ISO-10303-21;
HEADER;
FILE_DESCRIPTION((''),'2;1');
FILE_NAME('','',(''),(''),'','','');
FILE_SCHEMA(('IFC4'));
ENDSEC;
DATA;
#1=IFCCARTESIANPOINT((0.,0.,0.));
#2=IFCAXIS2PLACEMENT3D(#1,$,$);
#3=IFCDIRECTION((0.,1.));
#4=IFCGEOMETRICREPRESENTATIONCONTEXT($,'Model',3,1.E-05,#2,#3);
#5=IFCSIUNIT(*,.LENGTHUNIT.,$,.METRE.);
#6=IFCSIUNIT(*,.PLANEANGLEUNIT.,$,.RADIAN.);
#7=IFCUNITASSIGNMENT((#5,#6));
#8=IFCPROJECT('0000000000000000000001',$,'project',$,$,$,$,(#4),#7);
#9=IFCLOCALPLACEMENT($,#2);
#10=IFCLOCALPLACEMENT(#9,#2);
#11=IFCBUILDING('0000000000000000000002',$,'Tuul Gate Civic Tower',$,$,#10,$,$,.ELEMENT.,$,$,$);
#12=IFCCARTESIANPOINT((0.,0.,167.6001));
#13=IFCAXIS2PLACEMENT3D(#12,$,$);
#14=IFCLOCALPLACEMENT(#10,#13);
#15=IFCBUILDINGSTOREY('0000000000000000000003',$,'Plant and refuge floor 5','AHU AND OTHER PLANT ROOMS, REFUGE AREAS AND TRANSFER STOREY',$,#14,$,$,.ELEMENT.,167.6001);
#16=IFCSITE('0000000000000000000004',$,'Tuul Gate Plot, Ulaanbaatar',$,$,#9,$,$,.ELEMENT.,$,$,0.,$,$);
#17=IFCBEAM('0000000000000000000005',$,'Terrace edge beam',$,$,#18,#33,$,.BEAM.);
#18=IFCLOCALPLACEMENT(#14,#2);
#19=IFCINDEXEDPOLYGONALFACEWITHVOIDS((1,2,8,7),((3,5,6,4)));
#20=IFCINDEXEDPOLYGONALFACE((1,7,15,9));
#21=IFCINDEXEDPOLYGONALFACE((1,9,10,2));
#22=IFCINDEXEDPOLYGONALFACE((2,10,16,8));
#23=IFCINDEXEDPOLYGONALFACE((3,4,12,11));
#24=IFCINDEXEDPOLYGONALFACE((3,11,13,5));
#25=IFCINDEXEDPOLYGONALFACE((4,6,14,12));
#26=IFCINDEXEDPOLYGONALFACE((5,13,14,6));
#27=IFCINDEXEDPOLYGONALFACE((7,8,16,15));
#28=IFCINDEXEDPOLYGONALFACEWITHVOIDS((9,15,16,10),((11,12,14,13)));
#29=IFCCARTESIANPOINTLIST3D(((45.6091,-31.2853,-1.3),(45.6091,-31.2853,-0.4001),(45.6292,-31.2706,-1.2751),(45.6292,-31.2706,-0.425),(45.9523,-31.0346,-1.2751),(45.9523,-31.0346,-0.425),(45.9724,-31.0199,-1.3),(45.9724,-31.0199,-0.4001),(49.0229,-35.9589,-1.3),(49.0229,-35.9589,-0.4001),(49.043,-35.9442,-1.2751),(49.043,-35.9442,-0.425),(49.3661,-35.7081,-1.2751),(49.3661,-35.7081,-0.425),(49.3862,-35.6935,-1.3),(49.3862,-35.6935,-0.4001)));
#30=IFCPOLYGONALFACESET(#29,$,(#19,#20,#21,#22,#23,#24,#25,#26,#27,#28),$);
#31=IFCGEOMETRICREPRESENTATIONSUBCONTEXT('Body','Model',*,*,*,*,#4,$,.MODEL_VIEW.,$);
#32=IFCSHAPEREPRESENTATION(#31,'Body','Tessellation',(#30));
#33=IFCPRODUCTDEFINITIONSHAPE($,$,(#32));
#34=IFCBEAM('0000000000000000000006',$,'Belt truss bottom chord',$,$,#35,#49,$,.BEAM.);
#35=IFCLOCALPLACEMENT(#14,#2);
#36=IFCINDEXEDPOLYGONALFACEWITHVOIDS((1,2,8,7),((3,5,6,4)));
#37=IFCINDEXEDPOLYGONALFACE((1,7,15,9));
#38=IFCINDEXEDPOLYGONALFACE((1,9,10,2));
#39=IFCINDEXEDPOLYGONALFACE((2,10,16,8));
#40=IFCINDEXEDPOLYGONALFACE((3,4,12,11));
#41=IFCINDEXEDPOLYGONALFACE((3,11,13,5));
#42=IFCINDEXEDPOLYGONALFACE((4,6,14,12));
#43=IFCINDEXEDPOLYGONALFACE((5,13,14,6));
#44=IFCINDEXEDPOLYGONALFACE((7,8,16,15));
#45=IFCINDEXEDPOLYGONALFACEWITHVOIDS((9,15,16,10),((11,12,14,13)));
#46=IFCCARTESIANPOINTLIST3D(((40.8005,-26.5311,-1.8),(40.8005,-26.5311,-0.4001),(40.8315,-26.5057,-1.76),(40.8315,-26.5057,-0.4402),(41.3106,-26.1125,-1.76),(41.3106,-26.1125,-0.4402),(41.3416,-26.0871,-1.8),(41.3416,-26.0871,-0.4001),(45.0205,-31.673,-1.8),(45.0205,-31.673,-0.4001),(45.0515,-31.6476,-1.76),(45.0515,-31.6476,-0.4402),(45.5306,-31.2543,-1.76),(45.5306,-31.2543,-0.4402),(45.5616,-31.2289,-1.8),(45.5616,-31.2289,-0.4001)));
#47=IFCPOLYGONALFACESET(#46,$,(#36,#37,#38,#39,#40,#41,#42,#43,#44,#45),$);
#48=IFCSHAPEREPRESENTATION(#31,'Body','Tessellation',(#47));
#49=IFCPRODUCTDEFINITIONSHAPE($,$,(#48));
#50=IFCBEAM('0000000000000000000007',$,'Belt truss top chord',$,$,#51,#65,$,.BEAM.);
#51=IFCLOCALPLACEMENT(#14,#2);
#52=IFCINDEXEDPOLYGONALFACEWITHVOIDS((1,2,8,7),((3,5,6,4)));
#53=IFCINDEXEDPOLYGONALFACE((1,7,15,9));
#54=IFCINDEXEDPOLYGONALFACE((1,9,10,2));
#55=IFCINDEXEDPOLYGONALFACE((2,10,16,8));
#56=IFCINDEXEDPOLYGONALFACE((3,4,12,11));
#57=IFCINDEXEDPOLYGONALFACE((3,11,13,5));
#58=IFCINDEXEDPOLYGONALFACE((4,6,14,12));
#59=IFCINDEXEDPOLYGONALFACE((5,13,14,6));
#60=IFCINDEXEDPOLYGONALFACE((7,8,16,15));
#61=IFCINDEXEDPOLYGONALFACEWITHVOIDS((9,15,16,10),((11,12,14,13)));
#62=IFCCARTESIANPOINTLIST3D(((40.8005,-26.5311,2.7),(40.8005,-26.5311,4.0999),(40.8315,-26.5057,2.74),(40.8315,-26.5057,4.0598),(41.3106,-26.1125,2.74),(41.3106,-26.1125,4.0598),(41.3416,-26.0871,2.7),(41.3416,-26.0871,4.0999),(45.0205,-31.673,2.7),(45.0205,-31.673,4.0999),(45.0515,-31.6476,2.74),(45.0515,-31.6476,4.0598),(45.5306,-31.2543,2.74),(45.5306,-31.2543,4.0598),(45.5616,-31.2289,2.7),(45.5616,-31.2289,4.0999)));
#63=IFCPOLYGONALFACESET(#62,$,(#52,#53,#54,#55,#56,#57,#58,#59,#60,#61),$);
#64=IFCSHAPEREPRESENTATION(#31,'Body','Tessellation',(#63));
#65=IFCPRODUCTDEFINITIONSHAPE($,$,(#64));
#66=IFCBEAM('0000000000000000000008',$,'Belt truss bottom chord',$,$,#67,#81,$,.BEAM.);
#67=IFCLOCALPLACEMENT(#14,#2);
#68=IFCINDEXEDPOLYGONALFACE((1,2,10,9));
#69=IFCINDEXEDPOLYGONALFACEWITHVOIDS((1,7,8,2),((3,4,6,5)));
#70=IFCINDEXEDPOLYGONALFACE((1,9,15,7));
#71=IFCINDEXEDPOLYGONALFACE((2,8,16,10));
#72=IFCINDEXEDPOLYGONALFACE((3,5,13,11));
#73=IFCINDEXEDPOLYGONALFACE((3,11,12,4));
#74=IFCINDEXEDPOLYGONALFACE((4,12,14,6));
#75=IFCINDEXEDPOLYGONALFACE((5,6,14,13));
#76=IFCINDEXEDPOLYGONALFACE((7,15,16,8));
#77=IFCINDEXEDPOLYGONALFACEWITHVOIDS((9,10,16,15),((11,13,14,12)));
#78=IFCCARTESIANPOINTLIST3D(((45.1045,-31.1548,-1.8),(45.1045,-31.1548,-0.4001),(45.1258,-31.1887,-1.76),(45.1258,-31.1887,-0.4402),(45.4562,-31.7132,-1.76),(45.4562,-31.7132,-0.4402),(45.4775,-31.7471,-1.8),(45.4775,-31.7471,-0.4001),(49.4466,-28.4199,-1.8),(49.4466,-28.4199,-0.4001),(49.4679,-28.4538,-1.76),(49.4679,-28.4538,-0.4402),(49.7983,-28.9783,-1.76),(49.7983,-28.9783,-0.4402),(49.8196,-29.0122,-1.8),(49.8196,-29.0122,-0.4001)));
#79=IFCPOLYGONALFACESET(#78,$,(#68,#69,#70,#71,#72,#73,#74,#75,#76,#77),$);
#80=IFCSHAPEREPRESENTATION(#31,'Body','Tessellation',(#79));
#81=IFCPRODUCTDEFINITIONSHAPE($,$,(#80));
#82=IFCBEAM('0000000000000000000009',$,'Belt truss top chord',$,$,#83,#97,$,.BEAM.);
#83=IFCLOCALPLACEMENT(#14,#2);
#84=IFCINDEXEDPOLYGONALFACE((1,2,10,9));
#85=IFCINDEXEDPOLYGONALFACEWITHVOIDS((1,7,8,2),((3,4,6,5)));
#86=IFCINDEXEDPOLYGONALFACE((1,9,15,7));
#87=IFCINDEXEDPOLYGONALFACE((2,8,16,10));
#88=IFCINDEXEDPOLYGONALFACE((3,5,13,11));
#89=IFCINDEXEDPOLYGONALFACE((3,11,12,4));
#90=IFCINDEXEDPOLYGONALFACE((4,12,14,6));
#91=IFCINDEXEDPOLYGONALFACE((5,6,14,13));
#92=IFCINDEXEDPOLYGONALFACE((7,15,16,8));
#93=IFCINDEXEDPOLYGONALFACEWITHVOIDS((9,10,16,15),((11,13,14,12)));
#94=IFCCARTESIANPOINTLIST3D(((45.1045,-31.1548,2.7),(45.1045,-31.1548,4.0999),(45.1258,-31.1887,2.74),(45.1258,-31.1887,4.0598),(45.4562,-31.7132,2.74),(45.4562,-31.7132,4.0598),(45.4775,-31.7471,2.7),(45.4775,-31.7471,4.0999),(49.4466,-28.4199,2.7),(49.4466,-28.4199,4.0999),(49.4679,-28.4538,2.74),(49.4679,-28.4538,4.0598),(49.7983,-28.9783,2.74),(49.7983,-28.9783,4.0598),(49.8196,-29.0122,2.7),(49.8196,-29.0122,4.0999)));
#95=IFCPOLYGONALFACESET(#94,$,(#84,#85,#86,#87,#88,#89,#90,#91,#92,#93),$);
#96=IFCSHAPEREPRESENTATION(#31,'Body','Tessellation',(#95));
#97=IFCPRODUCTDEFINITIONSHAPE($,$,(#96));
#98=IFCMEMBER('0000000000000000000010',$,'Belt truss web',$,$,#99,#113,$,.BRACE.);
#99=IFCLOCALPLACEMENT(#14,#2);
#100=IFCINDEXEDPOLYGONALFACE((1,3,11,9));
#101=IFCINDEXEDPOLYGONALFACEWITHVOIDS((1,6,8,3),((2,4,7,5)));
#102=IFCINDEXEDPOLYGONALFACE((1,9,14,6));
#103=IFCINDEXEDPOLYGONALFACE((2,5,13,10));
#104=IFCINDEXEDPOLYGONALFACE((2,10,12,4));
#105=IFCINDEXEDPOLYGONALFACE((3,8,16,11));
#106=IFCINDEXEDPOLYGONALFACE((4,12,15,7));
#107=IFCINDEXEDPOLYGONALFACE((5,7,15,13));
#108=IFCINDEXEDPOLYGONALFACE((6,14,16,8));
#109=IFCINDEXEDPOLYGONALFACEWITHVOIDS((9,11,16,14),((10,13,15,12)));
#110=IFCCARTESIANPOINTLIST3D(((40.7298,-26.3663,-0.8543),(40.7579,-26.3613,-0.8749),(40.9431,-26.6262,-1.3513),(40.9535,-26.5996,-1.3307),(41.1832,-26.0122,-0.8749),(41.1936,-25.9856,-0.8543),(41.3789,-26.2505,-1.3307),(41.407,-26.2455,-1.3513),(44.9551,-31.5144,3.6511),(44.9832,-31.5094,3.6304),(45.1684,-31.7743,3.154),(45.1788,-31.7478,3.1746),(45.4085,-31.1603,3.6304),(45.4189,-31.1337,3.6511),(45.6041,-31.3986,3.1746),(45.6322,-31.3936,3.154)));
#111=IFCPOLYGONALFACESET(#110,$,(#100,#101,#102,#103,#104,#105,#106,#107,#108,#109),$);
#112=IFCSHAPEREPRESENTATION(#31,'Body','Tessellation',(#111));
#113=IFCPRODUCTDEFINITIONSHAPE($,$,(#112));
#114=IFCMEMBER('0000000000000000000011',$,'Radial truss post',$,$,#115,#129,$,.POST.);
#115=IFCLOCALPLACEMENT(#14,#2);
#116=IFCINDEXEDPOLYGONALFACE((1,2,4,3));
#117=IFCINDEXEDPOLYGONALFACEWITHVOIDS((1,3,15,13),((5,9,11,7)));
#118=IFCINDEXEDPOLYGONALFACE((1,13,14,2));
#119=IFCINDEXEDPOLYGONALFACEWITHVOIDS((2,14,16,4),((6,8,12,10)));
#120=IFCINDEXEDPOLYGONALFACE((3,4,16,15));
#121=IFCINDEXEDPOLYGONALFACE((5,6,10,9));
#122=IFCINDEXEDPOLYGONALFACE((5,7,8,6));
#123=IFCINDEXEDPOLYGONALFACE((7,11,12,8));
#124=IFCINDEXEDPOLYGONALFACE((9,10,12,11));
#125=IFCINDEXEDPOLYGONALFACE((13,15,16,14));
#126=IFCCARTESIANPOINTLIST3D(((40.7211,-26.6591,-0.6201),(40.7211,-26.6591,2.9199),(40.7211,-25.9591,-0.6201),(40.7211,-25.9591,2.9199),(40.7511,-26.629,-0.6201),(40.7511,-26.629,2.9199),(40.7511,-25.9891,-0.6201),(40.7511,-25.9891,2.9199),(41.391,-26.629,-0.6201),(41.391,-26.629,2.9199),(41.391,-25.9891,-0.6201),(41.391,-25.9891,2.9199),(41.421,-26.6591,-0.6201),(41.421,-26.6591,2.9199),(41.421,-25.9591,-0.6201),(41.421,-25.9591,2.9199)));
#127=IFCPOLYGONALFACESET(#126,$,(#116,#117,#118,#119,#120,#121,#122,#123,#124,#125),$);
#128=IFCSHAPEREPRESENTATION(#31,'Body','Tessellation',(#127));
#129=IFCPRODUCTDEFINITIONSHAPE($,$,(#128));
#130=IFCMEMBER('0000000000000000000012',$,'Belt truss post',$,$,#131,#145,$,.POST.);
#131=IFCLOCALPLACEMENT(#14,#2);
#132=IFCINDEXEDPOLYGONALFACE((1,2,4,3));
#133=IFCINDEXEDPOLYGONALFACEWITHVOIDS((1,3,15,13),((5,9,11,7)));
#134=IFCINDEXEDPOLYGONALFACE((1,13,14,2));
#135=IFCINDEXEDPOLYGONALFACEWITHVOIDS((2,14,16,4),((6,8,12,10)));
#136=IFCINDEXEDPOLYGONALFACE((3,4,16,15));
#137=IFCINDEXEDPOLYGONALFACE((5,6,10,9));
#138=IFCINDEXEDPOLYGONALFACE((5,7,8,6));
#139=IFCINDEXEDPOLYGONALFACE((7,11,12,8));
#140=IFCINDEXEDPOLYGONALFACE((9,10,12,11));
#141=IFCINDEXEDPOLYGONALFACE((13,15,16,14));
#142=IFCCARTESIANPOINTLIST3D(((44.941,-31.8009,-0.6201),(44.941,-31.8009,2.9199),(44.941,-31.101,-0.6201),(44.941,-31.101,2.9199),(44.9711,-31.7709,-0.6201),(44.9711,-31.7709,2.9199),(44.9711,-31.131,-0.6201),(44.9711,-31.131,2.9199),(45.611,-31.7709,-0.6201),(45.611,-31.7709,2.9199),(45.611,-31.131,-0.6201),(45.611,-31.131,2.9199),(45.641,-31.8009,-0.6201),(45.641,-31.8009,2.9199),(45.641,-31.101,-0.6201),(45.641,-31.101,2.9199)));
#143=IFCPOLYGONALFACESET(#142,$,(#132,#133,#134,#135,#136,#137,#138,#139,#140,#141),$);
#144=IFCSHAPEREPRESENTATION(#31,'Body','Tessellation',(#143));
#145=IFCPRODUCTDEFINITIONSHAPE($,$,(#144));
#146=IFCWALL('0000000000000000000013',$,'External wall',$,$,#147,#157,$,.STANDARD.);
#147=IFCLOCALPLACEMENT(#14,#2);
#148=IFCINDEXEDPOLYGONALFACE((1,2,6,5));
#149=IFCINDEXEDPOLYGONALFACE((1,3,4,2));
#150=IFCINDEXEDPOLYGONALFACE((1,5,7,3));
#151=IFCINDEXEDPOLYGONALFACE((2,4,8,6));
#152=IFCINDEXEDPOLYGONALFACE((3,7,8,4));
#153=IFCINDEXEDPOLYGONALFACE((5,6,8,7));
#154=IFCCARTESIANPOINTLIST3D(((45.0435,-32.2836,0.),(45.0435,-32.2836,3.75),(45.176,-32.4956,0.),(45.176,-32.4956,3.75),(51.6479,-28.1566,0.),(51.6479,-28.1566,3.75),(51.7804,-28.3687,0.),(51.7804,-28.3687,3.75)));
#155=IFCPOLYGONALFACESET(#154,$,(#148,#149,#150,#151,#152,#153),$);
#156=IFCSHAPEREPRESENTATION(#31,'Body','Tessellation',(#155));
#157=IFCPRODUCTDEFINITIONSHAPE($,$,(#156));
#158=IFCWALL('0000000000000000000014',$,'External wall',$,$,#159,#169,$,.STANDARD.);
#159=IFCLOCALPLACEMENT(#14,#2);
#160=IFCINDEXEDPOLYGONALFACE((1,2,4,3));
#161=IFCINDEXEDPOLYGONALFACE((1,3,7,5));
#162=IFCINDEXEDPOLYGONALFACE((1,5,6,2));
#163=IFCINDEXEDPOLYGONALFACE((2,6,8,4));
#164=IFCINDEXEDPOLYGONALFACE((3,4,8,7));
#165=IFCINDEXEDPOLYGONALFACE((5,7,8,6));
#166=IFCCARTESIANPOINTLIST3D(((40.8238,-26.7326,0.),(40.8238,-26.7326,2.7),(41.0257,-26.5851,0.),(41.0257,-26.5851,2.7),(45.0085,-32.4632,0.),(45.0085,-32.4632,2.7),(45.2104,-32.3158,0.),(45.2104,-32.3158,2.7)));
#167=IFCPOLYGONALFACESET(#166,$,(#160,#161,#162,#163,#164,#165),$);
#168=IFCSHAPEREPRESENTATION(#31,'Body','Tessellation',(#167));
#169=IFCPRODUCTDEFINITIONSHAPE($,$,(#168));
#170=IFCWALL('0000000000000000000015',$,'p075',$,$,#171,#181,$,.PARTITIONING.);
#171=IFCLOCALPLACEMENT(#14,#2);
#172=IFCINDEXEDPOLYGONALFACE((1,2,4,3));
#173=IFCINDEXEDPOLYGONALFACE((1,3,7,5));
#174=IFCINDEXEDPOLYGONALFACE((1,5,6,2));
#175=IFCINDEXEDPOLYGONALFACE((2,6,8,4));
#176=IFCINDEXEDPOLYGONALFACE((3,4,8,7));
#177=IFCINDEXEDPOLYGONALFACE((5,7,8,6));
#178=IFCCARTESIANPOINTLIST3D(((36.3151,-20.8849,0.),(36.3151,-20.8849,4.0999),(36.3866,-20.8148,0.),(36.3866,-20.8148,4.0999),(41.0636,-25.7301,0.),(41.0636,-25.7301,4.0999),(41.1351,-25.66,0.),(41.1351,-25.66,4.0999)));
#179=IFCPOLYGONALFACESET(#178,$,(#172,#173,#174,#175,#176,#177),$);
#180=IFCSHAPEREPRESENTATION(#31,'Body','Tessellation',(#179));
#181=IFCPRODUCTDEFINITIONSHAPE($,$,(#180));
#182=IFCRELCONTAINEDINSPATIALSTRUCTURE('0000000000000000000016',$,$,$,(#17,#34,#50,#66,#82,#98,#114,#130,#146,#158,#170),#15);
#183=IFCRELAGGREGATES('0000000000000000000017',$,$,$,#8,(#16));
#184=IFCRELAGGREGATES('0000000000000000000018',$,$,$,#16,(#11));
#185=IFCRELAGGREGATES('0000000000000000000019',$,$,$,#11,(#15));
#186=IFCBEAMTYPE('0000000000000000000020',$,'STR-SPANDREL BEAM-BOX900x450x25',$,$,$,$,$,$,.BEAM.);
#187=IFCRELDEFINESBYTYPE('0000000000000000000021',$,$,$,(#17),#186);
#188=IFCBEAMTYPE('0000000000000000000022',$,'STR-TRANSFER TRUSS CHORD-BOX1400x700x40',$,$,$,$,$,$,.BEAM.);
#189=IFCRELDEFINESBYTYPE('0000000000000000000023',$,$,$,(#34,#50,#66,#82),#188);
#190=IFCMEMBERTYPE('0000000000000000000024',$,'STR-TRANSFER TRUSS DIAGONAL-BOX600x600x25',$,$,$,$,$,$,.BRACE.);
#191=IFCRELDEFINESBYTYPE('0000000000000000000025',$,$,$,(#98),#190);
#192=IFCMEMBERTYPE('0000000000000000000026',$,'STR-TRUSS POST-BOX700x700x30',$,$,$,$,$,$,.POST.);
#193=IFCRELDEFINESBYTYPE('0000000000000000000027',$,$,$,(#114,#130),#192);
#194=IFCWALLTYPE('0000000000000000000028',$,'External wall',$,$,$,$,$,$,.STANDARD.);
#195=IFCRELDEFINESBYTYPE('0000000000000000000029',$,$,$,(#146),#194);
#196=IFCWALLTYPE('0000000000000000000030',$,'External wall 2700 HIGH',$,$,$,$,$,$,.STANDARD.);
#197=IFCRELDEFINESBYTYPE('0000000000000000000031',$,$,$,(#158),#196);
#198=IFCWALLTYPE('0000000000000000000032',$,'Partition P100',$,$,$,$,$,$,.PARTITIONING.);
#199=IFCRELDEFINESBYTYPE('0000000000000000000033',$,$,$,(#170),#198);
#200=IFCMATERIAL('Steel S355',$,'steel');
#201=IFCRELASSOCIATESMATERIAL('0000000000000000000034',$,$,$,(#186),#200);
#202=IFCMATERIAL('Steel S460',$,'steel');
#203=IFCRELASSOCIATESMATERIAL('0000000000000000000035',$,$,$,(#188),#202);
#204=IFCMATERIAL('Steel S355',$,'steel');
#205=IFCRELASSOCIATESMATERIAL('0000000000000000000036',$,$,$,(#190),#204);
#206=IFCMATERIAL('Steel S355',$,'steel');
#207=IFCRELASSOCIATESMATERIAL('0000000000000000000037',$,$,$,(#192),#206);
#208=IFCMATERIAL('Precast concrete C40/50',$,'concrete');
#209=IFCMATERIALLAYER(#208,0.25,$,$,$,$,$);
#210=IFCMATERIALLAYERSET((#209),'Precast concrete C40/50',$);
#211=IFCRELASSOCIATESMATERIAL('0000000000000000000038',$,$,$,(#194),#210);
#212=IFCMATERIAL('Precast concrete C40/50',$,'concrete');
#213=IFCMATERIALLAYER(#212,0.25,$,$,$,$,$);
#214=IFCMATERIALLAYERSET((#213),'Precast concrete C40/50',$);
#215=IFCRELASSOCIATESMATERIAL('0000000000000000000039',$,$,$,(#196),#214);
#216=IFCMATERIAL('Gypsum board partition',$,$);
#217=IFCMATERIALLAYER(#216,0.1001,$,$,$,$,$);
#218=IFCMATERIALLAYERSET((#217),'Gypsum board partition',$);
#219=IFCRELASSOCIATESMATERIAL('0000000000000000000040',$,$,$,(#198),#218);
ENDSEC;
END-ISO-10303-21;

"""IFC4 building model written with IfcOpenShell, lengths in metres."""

from ifc_helpers import new_model, si_unit, direction, frame, frame_2d, origin, origin_2d, place, context, subcontext, project, spatial, rectangle, hollow_rectangle, extrude, material, layer, layer_set, material_profile, profile_set, type_object, element, save


model = new_model("IFC4")

# Units and contexts
model_context = context("Model", 3, precision=1e-05, world=origin(), true_north=direction((0.0, 1.0)))
body_context = subcontext(model_context, "Body", "Model", "MODEL_VIEW")
ifc_project = project(units=[si_unit("LENGTHUNIT", "METRE"), si_unit("PLANEANGLEUNIT", "RADIAN")], contexts=[model_context])

# Site, building, storey
site_placement = place(None, origin())
site = spatial("IfcSite", under=ifc_project, at=site_placement, Name="Tuul Gate Plot, Ulaanbaatar", CompositionType="ELEMENT", RefElevation=0.0)
building_placement = place(site_placement, origin())
building = spatial("IfcBuilding", under=site, at=building_placement, Name="Tuul Gate Civic Tower", CompositionType="ELEMENT")
storey_placement = place(building_placement, frame((0.0, 0.0, 167.6001)))
storey = spatial("IfcBuildingStorey", under=building, at=storey_placement, Name="Plant and refuge floor 5", Description="AHU AND OTHER PLANT ROOMS, REFUGE AREAS AND TRANSFER STOREY", CompositionType="ELEMENT", Elevation=167.6001)

# Beams
ifc_material_1 = material(Name="Steel S355", Category="steel")
ifc_material_profile_1 = material_profile(ifc_material_1, hollow_rectangle(XDim=0.45, YDim=0.8999, WallThickness=0.0249, at=origin_2d()), Name="BOX900x450x25")
ifc_profile_set_1 = profile_set([ifc_material_profile_1], Name="Steel S355")
beam_type_1 = type_object("IfcBeamType", Name="STR-SPANDREL BEAM-BOX900x450x25", PredefinedType="BEAM", material=ifc_profile_set_1)
beam_placement = place(storey_placement, frame((45.7908, -31.1526, -0.8501), z_axis=(0.589848, -0.807514, 0.0), x_axis=(0.807514, 0.589848, 0.0)))
element("IfcBeam", 1, at=beam_placement, inside=storey, type_object=beam_type_1, Name="Terrace edge beam", PredefinedType="BEAM", context=body_context, shape_type="SweptSolid", body=[
    extrude(hollow_rectangle(XDim=0.45, YDim=0.8999, WallThickness=0.0249, at=origin_2d()), origin(), (0.0, 0.0, 1.0), 5.7876),
])
ifc_material_2 = material(Name="Steel S460", Category="steel")
ifc_material_profile_2 = material_profile(ifc_material_2, hollow_rectangle(XDim=0.7, YDim=1.3999, WallThickness=0.04, at=origin_2d()), Name="BOX1400x700x40")
ifc_profile_set_2 = profile_set([ifc_material_profile_2], Name="Steel S460")
beam_type_2 = type_object("IfcBeamType", Name="STR-TRANSFER TRUSS CHORD-BOX1400x700x40", PredefinedType="BEAM", material=ifc_profile_set_2)
for number, where, z_axis, x_axis, name in (
    (2, (41.071, -26.3091, -1.1001), (0.634408, -0.772998, 0.0), (0.772998, 0.634408, 0.0), "Belt truss bottom chord"),
    (3, (41.071, -26.3091, 3.3999), (0.634408, -0.772998, 0.0), (0.772998, 0.634408, 0.0), "Belt truss top chord"),
):
    element("IfcBeam", number, at=place(storey_placement, frame(where, z_axis=z_axis, x_axis=x_axis)), inside=storey, type_object=beam_type_2, Name=name, PredefinedType="BEAM", context=body_context, shape_type="SweptSolid", body=[
        extrude(hollow_rectangle(XDim=0.7, YDim=1.3999, WallThickness=0.04, at=origin_2d()), origin(), (0.0, 0.0, 1.0), 6.6519),
    ])
for number, where, z_axis, x_axis, name in (
    (4, (45.291, -31.4509, -1.1001), (0.846146, 0.532951, 0.0), (-0.532951, 0.846146, 0.0), "Belt truss bottom chord"),
    (5, (45.291, -31.4509, 3.3999), (0.846146, 0.532951, 0.0), (-0.532951, 0.846146, 0.0), "Belt truss top chord"),
):
    element("IfcBeam", number, at=place(storey_placement, frame(where, z_axis=z_axis, x_axis=x_axis)), inside=storey, type_object=beam_type_2, Name=name, PredefinedType="BEAM", context=body_context, shape_type="SweptSolid", body=[
        extrude(hollow_rectangle(XDim=0.7, YDim=1.3999, WallThickness=0.04, at=origin_2d()), origin(), (0.0, 0.0, 1.0), 5.1316),
    ])

# Members
ifc_material_3 = material(Name="Steel S355", Category="steel")
ifc_material_profile_3 = material_profile(ifc_material_3, hollow_rectangle(XDim=0.6001, YDim=0.6001, WallThickness=0.0249, at=origin_2d()), Name="BOX600x600x25")
ifc_profile_set_3 = profile_set([ifc_material_profile_3], Name="Steel S355")
member_type_1 = type_object("IfcMemberType", Name="STR-TRANSFER TRUSS DIAGONAL-BOX600x600x25", PredefinedType="BRACE", material=ifc_profile_set_3)
member_placement = place(storey_placement, frame((41.0684, -26.3059, -1.1028), z_axis=(0.525482, -0.640252, 0.560308), x_axis=(0.772986, 0.634423, 0.0)))
element("IfcMember", 6, at=member_placement, inside=storey, type_object=member_type_1, Name="Belt truss web", PredefinedType="BRACE", context=body_context, shape_type="SweptSolid", body=[
    extrude(hollow_rectangle(XDim=0.6001, YDim=0.6001, WallThickness=0.0249, at=origin_2d()), origin(), (0.0, 0.0, 1.0), 8.0408),
])
ifc_material_4 = material(Name="Steel S355", Category="steel")
ifc_material_profile_4 = material_profile(ifc_material_4, hollow_rectangle(XDim=0.7, YDim=0.7, WallThickness=0.03, at=origin_2d()), Name="BOX700x700x30")
ifc_profile_set_4 = profile_set([ifc_material_profile_4], Name="Steel S355")
member_type_2 = type_object("IfcMemberType", Name="STR-TRUSS POST-BOX700x700x30", PredefinedType="POST", material=ifc_profile_set_4)
for number, where, z_axis, x_axis, name in (
    (7, (41.071, -26.3091, -0.6201), (0.0, 0.0, 1.0), (1.0, 0.0, 0.0), "Radial truss post"),
    (8, (45.291, -31.4509, -0.6201), (0.0, 0.0, 1.0), (1.0, 0.0, 0.0), "Belt truss post"),
):
    element("IfcMember", number, at=place(storey_placement, frame(where, z_axis=z_axis, x_axis=x_axis)), inside=storey, type_object=member_type_2, Name=name, PredefinedType="POST", context=body_context, shape_type="SweptSolid", body=[
        extrude(hollow_rectangle(XDim=0.7, YDim=0.7, WallThickness=0.03, at=origin_2d()), origin(), (0.0, 0.0, 1.0), 3.54),
    ])

# Walls
ifc_material_5 = material(Name="Precast concrete C40/50", Category="concrete")
ifc_layer_1 = layer(ifc_material_5, 0.25)
ifc_layer_set_1 = layer_set([ifc_layer_1], Name="Precast concrete C40/50")
wall_type_1 = type_object("IfcWallType", Name="External wall", PredefinedType="STANDARD", material=ifc_layer_set_1)
wall_1_placement = place(storey_placement, frame((45.1096, -32.3896, 0.0), z_axis=(0.0, 0.0, 1.0), x_axis=(0.848048, 0.52992, 0.0)))
element("IfcWall", 9, at=wall_1_placement, inside=storey, type_object=wall_type_1, Name="External wall", PredefinedType="STANDARD", context=body_context, shape_type="SweptSolid", body=[
    extrude(rectangle(XDim=7.7878, YDim=0.25, at=frame_2d((3.894, 0.0))), origin(), (0.0, 0.0, 1.0), 3.75),
])
ifc_material_6 = material(Name="Precast concrete C40/50", Category="concrete")
ifc_layer_2 = layer(ifc_material_6, 0.25)
ifc_layer_set_2 = layer_set([ifc_layer_2], Name="Precast concrete C40/50")
wall_type_2 = type_object("IfcWallType", Name="External wall 2700 HIGH", PredefinedType="STANDARD", material=ifc_layer_set_2)
wall_2_placement = place(storey_placement, frame((40.9248, -26.6589, 0.0), z_axis=(0.0, 0.0, 1.0), x_axis=(0.58974, -0.807593, 0.0)))
element("IfcWall", 10, at=wall_2_placement, inside=storey, type_object=wall_type_2, Name="External wall", PredefinedType="STANDARD", context=body_context, shape_type="SweptSolid", body=[
    extrude(rectangle(XDim=7.0959, YDim=0.25, at=frame_2d((3.5479, 0.0))), origin(), (0.0, 0.0, 1.0), 2.7),
])
ifc_material_7 = material(Name="Gypsum board partition")
ifc_layer_3 = layer(ifc_material_7, 0.1001)
ifc_layer_set_3 = layer_set([ifc_layer_3], Name="Gypsum board partition")
wall_type_3 = type_object("IfcWallType", Name="Partition P100", PredefinedType="PARTITIONING", material=ifc_layer_set_3)
wall_3_placement = place(storey_placement, frame((41.0994, -25.6951, 0.0), z_axis=(0.0, 0.0, 1.0), x_axis=(-0.699945, 0.714196, 0.0)))
element("IfcWall", 11, at=wall_3_placement, inside=storey, type_object=wall_type_3, Name="p075", PredefinedType="PARTITIONING", context=body_context, shape_type="SweptSolid", body=[
    extrude(rectangle(XDim=6.7842, YDim=0.1001, at=frame_2d((3.3921, 0.0))), origin(), (0.0, 0.0, 1.0), 4.0999),
])

save(model, "model.ifc")
